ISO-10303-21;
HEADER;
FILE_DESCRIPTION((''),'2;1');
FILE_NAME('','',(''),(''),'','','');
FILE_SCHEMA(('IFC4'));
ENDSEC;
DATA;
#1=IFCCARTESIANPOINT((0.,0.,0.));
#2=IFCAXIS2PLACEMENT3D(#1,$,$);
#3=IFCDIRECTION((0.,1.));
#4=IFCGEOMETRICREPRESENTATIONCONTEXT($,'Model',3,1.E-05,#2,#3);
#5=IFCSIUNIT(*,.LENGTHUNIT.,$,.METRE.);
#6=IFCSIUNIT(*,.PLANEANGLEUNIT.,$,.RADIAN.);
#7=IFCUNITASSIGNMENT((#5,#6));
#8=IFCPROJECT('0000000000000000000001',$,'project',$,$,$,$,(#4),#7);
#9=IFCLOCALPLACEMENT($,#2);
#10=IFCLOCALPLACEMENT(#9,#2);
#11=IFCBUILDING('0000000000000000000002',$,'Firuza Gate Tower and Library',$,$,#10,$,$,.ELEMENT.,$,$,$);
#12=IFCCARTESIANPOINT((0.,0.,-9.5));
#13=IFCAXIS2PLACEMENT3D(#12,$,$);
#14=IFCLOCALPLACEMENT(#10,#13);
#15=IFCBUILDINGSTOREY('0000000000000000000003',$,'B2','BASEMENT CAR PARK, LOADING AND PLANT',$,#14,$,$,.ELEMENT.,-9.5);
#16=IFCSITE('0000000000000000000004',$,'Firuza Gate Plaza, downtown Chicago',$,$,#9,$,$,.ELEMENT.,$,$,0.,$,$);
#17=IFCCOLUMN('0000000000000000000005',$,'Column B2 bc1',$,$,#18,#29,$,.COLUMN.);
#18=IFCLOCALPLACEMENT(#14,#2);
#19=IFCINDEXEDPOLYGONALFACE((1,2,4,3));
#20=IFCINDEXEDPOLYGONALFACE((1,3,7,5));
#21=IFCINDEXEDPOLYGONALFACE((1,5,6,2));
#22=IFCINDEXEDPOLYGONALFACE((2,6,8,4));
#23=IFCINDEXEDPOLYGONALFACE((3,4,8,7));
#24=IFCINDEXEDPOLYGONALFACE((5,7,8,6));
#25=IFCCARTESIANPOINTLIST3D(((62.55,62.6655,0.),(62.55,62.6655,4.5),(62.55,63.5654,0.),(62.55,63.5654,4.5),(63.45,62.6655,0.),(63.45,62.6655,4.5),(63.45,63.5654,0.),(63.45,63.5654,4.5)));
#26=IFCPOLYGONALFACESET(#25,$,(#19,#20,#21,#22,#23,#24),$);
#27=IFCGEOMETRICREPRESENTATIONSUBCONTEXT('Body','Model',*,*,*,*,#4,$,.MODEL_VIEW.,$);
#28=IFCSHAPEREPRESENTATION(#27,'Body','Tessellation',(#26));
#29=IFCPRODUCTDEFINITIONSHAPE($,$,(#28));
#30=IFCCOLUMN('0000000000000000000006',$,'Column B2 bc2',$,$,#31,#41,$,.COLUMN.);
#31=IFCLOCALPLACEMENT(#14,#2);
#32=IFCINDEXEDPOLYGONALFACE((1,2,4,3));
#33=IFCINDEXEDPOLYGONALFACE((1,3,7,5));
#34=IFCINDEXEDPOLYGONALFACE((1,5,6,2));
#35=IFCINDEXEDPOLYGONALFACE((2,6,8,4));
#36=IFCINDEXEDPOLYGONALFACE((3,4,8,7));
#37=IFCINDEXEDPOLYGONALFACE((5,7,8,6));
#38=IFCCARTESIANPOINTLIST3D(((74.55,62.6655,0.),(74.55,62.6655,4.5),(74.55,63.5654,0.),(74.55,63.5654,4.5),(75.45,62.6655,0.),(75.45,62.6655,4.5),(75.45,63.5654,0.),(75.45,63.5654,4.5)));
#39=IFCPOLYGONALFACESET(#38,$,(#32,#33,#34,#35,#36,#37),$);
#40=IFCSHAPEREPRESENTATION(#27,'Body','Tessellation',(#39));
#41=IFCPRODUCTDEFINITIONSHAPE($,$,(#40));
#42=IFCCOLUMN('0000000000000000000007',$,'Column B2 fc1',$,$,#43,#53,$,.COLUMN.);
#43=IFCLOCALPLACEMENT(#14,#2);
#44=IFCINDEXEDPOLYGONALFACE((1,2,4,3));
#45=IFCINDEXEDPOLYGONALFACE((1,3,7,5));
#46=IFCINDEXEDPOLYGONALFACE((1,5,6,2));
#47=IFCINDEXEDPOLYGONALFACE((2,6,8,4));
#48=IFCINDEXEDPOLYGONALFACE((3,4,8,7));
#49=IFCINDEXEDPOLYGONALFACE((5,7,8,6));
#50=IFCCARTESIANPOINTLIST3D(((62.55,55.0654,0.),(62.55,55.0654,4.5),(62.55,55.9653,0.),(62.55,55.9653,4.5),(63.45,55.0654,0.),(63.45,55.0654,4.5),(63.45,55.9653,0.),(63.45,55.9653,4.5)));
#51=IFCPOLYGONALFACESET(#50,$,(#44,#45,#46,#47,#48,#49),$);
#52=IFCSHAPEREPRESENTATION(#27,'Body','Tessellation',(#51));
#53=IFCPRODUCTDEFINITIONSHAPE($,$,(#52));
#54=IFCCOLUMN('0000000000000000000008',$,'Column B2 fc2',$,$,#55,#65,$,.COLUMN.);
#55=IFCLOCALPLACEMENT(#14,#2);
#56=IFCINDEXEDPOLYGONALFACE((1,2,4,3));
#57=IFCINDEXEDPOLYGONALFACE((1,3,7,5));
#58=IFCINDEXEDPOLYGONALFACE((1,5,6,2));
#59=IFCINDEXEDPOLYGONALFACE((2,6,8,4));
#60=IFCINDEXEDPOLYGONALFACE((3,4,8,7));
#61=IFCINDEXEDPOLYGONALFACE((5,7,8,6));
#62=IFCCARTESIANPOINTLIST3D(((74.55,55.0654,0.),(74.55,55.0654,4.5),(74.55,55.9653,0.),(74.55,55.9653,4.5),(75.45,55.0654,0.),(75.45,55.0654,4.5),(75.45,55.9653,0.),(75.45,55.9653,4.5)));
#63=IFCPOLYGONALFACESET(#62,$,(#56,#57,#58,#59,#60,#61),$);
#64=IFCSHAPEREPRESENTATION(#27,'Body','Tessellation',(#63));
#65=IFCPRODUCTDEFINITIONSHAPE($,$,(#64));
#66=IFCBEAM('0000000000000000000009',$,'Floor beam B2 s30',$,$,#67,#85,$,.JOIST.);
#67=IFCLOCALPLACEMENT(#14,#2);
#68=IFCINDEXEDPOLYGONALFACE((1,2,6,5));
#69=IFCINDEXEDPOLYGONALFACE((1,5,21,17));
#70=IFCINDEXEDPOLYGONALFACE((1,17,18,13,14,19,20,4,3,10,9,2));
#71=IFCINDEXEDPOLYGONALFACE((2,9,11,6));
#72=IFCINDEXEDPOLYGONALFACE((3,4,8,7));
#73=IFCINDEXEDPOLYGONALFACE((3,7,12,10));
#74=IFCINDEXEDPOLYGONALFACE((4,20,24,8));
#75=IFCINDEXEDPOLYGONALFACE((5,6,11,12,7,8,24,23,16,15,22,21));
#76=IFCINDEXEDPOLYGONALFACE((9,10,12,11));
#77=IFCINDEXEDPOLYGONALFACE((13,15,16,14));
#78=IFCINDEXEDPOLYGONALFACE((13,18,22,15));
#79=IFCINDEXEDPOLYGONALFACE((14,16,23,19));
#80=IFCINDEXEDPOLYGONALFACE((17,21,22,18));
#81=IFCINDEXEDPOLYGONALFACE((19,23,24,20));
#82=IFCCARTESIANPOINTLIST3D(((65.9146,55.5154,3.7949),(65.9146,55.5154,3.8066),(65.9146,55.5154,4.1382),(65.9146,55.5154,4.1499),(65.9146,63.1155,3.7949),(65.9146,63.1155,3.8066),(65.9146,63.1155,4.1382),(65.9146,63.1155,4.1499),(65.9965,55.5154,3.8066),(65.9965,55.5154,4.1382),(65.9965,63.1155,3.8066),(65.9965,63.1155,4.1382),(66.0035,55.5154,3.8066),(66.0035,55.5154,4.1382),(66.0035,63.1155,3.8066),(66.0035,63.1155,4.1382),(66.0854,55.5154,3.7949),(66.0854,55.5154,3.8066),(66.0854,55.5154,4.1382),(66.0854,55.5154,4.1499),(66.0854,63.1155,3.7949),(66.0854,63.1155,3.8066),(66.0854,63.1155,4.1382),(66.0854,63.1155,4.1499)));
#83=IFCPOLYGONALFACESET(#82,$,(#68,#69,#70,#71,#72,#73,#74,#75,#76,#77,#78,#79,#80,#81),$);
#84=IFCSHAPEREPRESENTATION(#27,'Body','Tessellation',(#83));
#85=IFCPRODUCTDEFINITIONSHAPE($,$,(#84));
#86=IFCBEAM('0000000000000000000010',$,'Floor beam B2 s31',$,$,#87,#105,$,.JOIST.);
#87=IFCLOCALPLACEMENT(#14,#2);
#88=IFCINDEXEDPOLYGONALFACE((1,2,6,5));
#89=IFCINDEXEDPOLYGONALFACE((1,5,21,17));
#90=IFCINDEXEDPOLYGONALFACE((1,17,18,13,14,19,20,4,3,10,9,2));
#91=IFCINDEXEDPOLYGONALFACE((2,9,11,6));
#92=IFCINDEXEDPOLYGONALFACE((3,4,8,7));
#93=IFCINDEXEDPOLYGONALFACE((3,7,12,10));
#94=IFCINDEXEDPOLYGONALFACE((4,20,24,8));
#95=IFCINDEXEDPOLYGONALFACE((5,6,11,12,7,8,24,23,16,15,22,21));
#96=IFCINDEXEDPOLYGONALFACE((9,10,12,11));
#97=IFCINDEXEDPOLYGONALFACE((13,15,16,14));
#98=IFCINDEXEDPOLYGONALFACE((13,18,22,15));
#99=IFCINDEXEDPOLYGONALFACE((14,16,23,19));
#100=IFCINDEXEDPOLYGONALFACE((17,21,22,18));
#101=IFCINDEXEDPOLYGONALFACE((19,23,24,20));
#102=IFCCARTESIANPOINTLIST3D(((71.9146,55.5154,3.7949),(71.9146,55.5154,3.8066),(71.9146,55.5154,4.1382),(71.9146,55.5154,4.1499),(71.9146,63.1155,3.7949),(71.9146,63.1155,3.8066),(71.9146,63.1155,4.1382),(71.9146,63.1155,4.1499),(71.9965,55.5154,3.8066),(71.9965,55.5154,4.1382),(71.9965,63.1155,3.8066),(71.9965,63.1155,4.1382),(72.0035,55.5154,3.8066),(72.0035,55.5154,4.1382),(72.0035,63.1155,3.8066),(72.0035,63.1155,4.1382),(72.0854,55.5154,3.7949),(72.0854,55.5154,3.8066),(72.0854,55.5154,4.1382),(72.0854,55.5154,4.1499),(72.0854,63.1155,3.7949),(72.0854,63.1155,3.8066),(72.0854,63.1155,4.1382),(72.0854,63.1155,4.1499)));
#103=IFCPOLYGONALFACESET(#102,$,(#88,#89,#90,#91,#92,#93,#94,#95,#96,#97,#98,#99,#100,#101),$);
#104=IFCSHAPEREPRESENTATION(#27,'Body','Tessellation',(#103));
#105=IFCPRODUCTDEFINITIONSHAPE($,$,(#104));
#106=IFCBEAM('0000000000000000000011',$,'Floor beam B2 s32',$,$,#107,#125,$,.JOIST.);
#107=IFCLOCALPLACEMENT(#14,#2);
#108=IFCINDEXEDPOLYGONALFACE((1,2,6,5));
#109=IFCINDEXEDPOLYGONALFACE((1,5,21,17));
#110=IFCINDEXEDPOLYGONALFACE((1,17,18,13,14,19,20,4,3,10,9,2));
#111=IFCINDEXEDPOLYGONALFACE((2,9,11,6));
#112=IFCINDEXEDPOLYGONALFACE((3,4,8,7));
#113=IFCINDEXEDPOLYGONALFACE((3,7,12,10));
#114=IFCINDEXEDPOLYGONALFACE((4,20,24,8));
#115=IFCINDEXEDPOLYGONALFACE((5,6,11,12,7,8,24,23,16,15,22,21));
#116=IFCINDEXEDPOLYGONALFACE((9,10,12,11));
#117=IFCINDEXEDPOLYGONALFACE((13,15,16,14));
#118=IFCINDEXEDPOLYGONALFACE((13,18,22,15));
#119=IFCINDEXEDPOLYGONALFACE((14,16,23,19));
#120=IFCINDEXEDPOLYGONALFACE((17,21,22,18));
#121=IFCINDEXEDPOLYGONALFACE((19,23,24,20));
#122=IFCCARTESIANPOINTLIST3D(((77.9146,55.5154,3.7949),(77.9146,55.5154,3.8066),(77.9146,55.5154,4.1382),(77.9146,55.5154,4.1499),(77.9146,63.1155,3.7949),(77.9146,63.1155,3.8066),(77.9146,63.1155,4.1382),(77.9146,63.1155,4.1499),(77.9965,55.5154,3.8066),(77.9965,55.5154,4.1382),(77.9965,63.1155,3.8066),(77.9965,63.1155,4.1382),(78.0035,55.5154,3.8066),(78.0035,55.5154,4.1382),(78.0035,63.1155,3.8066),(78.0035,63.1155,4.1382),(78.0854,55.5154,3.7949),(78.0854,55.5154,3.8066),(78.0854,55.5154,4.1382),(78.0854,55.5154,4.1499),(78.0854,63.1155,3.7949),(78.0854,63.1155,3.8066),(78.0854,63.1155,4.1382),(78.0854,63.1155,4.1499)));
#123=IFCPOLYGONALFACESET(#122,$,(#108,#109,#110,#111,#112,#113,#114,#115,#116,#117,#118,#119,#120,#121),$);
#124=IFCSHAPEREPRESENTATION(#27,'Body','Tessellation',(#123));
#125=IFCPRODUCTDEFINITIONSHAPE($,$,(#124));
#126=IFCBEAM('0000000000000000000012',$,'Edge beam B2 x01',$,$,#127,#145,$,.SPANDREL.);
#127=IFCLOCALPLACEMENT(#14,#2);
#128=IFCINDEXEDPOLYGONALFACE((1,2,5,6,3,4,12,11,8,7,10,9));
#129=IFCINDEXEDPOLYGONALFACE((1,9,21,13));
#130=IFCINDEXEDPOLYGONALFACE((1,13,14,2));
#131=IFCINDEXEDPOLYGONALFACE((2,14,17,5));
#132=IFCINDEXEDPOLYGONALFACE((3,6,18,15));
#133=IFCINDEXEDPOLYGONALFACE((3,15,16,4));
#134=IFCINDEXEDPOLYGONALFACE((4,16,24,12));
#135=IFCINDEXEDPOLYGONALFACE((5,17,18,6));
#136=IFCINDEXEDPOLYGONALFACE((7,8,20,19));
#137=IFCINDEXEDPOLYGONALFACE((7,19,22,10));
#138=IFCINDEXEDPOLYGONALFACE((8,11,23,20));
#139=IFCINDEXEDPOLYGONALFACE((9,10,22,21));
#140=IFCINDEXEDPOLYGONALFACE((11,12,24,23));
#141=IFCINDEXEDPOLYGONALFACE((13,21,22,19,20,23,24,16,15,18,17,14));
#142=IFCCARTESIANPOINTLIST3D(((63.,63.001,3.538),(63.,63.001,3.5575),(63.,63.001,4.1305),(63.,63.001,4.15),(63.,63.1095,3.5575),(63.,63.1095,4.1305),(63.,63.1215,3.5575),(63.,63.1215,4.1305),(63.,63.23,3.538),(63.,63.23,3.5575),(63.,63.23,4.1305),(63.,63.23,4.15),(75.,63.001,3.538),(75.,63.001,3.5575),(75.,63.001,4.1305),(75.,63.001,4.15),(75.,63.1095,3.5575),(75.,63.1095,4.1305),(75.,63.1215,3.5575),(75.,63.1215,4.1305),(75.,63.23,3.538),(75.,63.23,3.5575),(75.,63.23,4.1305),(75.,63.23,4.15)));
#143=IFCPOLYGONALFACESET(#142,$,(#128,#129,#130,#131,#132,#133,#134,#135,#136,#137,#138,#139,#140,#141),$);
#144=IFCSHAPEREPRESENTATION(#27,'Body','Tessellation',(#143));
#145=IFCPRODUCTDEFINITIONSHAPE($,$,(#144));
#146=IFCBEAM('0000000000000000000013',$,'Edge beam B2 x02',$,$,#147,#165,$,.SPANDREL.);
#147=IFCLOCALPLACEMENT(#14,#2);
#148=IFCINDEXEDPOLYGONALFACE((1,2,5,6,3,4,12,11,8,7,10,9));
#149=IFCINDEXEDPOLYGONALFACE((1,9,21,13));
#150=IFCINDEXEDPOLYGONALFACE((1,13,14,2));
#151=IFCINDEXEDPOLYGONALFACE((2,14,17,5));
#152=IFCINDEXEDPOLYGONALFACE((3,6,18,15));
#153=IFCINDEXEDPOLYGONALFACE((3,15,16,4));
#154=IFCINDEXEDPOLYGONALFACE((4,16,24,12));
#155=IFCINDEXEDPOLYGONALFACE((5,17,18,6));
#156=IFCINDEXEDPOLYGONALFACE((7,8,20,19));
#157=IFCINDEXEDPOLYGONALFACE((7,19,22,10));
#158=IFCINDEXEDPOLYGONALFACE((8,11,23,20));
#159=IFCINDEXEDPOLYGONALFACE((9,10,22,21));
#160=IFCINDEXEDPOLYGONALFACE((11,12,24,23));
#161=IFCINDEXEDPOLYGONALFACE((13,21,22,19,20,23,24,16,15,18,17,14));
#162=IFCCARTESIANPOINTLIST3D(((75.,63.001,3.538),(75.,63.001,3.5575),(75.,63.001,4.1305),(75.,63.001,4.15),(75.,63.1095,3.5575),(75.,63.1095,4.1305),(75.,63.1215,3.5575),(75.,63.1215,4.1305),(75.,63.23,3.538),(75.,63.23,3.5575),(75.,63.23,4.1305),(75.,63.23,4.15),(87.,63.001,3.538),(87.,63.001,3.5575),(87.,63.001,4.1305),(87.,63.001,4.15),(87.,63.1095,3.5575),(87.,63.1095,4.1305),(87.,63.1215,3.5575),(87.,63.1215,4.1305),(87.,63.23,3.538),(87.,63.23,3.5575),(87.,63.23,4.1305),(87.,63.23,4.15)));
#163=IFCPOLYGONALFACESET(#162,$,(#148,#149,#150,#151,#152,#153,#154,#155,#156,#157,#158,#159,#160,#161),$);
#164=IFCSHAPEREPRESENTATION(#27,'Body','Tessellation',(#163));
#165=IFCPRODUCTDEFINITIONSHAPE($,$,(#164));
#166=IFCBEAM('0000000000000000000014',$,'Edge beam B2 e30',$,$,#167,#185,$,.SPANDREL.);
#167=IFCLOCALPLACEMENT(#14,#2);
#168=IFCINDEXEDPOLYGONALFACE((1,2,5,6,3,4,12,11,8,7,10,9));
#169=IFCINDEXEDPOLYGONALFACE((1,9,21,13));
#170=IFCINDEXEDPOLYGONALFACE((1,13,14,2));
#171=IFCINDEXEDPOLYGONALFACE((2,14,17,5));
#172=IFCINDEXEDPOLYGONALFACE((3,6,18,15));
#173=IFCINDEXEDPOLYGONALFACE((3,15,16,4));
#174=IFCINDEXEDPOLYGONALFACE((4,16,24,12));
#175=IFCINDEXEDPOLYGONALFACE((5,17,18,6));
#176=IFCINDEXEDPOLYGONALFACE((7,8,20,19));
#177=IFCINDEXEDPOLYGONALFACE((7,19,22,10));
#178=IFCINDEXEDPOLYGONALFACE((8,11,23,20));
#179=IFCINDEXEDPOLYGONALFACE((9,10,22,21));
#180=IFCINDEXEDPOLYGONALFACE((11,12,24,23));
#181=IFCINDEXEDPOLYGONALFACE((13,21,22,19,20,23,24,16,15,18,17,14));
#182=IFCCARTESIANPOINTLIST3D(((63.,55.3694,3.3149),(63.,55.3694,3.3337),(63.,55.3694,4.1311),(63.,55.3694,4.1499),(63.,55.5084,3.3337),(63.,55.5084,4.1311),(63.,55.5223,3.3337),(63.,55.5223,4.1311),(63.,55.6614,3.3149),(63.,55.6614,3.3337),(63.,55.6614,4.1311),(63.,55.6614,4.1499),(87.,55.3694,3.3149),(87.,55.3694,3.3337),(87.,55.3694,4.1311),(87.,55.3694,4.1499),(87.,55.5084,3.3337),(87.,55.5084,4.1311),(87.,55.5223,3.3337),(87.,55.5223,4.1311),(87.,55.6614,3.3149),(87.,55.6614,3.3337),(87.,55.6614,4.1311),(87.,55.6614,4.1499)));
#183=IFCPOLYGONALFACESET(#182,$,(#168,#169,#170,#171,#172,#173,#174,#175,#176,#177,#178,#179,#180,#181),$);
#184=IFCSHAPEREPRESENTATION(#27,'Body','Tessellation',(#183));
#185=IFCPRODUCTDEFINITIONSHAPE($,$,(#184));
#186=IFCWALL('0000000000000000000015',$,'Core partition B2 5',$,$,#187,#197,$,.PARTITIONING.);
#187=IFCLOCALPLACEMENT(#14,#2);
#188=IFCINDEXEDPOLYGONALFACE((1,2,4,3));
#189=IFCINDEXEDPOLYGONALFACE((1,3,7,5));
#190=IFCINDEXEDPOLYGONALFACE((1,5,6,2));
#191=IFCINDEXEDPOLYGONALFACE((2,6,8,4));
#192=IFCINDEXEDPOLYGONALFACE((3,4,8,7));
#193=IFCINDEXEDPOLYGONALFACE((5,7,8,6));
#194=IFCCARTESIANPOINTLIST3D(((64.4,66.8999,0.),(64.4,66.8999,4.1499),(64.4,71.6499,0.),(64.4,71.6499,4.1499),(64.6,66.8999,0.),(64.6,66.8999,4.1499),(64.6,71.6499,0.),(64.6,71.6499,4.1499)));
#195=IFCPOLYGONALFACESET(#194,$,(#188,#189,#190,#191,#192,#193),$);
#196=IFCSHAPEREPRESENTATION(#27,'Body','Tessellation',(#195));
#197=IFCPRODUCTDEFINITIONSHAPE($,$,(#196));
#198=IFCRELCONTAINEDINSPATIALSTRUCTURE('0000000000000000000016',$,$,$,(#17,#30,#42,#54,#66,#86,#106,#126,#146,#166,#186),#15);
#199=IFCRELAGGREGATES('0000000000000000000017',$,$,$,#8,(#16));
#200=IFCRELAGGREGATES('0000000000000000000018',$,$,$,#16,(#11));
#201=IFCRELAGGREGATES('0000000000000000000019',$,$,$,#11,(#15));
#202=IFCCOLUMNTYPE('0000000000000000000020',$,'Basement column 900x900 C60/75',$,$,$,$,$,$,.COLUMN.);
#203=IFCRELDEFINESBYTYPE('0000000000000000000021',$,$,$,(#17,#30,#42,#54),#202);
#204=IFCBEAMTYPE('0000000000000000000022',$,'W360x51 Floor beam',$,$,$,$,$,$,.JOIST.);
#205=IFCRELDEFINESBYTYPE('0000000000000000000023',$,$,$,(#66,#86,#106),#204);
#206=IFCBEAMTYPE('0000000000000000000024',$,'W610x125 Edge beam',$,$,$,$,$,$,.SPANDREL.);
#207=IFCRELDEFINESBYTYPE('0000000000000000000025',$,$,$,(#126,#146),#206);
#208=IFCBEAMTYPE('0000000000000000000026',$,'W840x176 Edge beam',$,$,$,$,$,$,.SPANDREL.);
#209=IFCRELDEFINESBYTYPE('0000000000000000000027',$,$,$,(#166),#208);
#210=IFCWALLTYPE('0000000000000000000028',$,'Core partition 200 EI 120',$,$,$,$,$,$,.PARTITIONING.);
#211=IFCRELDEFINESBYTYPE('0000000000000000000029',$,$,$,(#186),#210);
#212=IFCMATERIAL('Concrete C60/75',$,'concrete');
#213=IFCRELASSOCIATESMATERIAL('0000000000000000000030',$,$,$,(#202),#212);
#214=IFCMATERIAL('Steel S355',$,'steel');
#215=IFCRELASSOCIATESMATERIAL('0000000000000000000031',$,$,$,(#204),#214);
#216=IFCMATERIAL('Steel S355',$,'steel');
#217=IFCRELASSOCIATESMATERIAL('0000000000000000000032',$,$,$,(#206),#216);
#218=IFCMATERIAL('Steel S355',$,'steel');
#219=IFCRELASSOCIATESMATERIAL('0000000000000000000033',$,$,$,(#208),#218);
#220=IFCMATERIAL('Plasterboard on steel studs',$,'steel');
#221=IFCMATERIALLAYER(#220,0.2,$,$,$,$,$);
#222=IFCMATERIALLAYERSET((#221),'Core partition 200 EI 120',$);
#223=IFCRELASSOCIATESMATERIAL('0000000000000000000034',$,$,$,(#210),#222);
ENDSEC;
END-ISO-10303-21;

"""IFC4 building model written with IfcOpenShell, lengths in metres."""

from ifc_helpers import new_model, si_unit, direction, frame, frame_2d, origin, origin_2d, place, context, subcontext, project, spatial, rectangle, i_section, extrude, material, layer, layer_set, material_profile, profile_set, type_object, element, save


model = new_model("IFC4")

# Units and contexts
model_context = context("Model", 3, precision=1e-05, world=origin(), true_north=direction((0.0, 1.0)))
body_context = subcontext(model_context, "Body", "Model", "MODEL_VIEW")
ifc_project = project(units=[si_unit("LENGTHUNIT", "METRE"), si_unit("PLANEANGLEUNIT", "RADIAN")], contexts=[model_context])

# Site, building, storey
site_placement = place(None, origin())
site = spatial("IfcSite", under=ifc_project, at=site_placement, Name="Firuza Gate Plaza, downtown Chicago", CompositionType="ELEMENT", RefElevation=0.0)
building_placement = place(site_placement, origin())
building = spatial("IfcBuilding", under=site, at=building_placement, Name="Firuza Gate Tower and Library", CompositionType="ELEMENT")
storey_placement = place(building_placement, frame((0.0, 0.0, -9.5)))
storey = spatial("IfcBuildingStorey", under=building, at=storey_placement, Name="B2", Description="BASEMENT CAR PARK, LOADING AND PLANT", CompositionType="ELEMENT", Elevation=-9.5)

# Columns
ifc_material_1 = material(Name="Concrete C60/75", Category="concrete")
ifc_material_profile_1 = material_profile(ifc_material_1, rectangle(XDim=0.8999, YDim=0.8999, at=origin_2d()))
ifc_profile_set_1 = profile_set([ifc_material_profile_1], Name="Concrete C60/75")
column_type = type_object("IfcColumnType", Name="Basement column 900x900 C60/75", PredefinedType="COLUMN", material=ifc_profile_set_1)
for number, where, z_axis, x_axis, name in (
    (1, (63.0, 63.1155, 0.0), (0.0, 0.0, 1.0), (1.0, 0.0, 0.0), "Column B2 bc1"),
    (2, (75.0, 63.1155, 0.0), (0.0, 0.0, 1.0), (1.0, 0.0, 0.0), "Column B2 bc2"),
    (3, (63.0, 55.5154, 0.0), (0.0, 0.0, 1.0), (1.0, 0.0, 0.0), "Column B2 fc1"),
    (4, (75.0, 55.5154, 0.0), (0.0, 0.0, 1.0), (1.0, 0.0, 0.0), "Column B2 fc2"),
):
    element("IfcColumn", number, at=place(storey_placement, frame(where, z_axis=z_axis, x_axis=x_axis)), inside=storey, type_object=column_type, Name=name, PredefinedType="COLUMN", context=body_context, shape_type="SweptSolid", body=[
        extrude(rectangle(XDim=0.8999, YDim=0.8999, at=origin_2d()), origin(), (0.0, 0.0, 1.0), 4.5),
    ])

# Beams
ifc_material_2 = material(Name="Steel S355", Category="steel")
ifc_material_profile_2 = material_profile(ifc_material_2, i_section(OverallWidth=0.1709, OverallDepth=0.355, WebThickness=0.0071, FlangeThickness=0.0117, at=origin_2d()))
ifc_profile_set_2 = profile_set([ifc_material_profile_2], Name="Steel S355")
beam_type_1 = type_object("IfcBeamType", Name="W360x51 Floor beam", PredefinedType="JOIST", material=ifc_profile_set_2)
for number, where, z_axis, x_axis, name in (
    (5, (66.0, 55.5154, 3.9724), (0.0, 1.0, 0.0), (-1.0, 0.0, 0.0), "Floor beam B2 s30"),
    (6, (72.0, 55.5154, 3.9724), (0.0, 1.0, 0.0), (-1.0, 0.0, 0.0), "Floor beam B2 s31"),
    (7, (78.0, 55.5154, 3.9724), (0.0, 1.0, 0.0), (-1.0, 0.0, 0.0), "Floor beam B2 s32"),
):
    element("IfcBeam", number, at=place(storey_placement, frame(where, z_axis=z_axis, x_axis=x_axis)), inside=storey, type_object=beam_type_1, Name=name, PredefinedType="JOIST", context=body_context, shape_type="SweptSolid", body=[
        extrude(i_section(OverallWidth=0.1709, OverallDepth=0.355, WebThickness=0.0071, FlangeThickness=0.0117, at=origin_2d()), origin(), (0.0, 0.0, 1.0), 7.6001),
    ])
ifc_material_3 = material(Name="Steel S355", Category="steel")
ifc_material_profile_3 = material_profile(ifc_material_3, i_section(OverallWidth=0.229, OverallDepth=0.6121, WebThickness=0.012, FlangeThickness=0.0195, at=origin_2d()))
ifc_profile_set_3 = profile_set([ifc_material_profile_3], Name="Steel S355")
beam_type_2 = type_object("IfcBeamType", Name="W610x125 Edge beam", PredefinedType="SPANDREL", material=ifc_profile_set_3)
for number, where, z_axis, x_axis, name in (
    (8, (63.0, 63.1155, 3.844), (1.0, 0.0, 0.0), (0.0, 1.0, 0.0), "Edge beam B2 x01"),
    (9, (75.0, 63.1155, 3.844), (1.0, 0.0, 0.0), (0.0, 1.0, 0.0), "Edge beam B2 x02"),
):
    element("IfcBeam", number, at=place(storey_placement, frame(where, z_axis=z_axis, x_axis=x_axis)), inside=storey, type_object=beam_type_2, Name=name, PredefinedType="SPANDREL", context=body_context, shape_type="SweptSolid", body=[
        extrude(i_section(OverallWidth=0.229, OverallDepth=0.6121, WebThickness=0.012, FlangeThickness=0.0195, at=origin_2d()), origin(), (0.0, 0.0, 1.0), 12.0),
    ])
ifc_material_4 = material(Name="Steel S355", Category="steel")
ifc_material_profile_4 = material_profile(ifc_material_4, i_section(OverallWidth=0.292, OverallDepth=0.835, WebThickness=0.0139, FlangeThickness=0.0188, at=origin_2d()))
ifc_profile_set_4 = profile_set([ifc_material_profile_4], Name="Steel S355")
beam_type_3 = type_object("IfcBeamType", Name="W840x176 Edge beam", PredefinedType="SPANDREL", material=ifc_profile_set_4)
beam_placement = place(storey_placement, frame((63.0, 55.5154, 3.7324), z_axis=(1.0, 0.0, 0.0), x_axis=(0.0, 1.0, 0.0)))
element("IfcBeam", 10, at=beam_placement, inside=storey, type_object=beam_type_3, Name="Edge beam B2 e30", PredefinedType="SPANDREL", context=body_context, shape_type="SweptSolid", body=[
    extrude(i_section(OverallWidth=0.292, OverallDepth=0.835, WebThickness=0.0139, FlangeThickness=0.0188, at=origin_2d()), origin(), (0.0, 0.0, 1.0), 24.0),
])

# Wall
ifc_material_5 = material(Name="Plasterboard on steel studs", Category="steel")
ifc_layer_1 = layer(ifc_material_5, 0.2)
ifc_layer_set_1 = layer_set([ifc_layer_1], Name="Core partition 200 EI 120")
wall_type_1 = type_object("IfcWallType", Name="Core partition 200 EI 120", PredefinedType="PARTITIONING", material=ifc_layer_set_1)
for number, where, z_axis, x_axis, name in (
    (11, (64.5, 66.8999, 0.0), (0.0, 0.0, 1.0), (0.0, 1.0, 0.0), "Core partition B2 5"),
):
    element("IfcWall", number, at=place(storey_placement, frame(where, z_axis=z_axis, x_axis=x_axis)), inside=storey, type_object=wall_type_1, Name=name, PredefinedType="PARTITIONING", context=body_context, shape_type="SweptSolid", body=[
        extrude(rectangle(XDim=4.75, YDim=0.2, at=frame_2d((2.375, 0.0))), origin(), (0.0, 0.0, 1.0), 4.1499),
    ])

save(model, "model.ifc")
